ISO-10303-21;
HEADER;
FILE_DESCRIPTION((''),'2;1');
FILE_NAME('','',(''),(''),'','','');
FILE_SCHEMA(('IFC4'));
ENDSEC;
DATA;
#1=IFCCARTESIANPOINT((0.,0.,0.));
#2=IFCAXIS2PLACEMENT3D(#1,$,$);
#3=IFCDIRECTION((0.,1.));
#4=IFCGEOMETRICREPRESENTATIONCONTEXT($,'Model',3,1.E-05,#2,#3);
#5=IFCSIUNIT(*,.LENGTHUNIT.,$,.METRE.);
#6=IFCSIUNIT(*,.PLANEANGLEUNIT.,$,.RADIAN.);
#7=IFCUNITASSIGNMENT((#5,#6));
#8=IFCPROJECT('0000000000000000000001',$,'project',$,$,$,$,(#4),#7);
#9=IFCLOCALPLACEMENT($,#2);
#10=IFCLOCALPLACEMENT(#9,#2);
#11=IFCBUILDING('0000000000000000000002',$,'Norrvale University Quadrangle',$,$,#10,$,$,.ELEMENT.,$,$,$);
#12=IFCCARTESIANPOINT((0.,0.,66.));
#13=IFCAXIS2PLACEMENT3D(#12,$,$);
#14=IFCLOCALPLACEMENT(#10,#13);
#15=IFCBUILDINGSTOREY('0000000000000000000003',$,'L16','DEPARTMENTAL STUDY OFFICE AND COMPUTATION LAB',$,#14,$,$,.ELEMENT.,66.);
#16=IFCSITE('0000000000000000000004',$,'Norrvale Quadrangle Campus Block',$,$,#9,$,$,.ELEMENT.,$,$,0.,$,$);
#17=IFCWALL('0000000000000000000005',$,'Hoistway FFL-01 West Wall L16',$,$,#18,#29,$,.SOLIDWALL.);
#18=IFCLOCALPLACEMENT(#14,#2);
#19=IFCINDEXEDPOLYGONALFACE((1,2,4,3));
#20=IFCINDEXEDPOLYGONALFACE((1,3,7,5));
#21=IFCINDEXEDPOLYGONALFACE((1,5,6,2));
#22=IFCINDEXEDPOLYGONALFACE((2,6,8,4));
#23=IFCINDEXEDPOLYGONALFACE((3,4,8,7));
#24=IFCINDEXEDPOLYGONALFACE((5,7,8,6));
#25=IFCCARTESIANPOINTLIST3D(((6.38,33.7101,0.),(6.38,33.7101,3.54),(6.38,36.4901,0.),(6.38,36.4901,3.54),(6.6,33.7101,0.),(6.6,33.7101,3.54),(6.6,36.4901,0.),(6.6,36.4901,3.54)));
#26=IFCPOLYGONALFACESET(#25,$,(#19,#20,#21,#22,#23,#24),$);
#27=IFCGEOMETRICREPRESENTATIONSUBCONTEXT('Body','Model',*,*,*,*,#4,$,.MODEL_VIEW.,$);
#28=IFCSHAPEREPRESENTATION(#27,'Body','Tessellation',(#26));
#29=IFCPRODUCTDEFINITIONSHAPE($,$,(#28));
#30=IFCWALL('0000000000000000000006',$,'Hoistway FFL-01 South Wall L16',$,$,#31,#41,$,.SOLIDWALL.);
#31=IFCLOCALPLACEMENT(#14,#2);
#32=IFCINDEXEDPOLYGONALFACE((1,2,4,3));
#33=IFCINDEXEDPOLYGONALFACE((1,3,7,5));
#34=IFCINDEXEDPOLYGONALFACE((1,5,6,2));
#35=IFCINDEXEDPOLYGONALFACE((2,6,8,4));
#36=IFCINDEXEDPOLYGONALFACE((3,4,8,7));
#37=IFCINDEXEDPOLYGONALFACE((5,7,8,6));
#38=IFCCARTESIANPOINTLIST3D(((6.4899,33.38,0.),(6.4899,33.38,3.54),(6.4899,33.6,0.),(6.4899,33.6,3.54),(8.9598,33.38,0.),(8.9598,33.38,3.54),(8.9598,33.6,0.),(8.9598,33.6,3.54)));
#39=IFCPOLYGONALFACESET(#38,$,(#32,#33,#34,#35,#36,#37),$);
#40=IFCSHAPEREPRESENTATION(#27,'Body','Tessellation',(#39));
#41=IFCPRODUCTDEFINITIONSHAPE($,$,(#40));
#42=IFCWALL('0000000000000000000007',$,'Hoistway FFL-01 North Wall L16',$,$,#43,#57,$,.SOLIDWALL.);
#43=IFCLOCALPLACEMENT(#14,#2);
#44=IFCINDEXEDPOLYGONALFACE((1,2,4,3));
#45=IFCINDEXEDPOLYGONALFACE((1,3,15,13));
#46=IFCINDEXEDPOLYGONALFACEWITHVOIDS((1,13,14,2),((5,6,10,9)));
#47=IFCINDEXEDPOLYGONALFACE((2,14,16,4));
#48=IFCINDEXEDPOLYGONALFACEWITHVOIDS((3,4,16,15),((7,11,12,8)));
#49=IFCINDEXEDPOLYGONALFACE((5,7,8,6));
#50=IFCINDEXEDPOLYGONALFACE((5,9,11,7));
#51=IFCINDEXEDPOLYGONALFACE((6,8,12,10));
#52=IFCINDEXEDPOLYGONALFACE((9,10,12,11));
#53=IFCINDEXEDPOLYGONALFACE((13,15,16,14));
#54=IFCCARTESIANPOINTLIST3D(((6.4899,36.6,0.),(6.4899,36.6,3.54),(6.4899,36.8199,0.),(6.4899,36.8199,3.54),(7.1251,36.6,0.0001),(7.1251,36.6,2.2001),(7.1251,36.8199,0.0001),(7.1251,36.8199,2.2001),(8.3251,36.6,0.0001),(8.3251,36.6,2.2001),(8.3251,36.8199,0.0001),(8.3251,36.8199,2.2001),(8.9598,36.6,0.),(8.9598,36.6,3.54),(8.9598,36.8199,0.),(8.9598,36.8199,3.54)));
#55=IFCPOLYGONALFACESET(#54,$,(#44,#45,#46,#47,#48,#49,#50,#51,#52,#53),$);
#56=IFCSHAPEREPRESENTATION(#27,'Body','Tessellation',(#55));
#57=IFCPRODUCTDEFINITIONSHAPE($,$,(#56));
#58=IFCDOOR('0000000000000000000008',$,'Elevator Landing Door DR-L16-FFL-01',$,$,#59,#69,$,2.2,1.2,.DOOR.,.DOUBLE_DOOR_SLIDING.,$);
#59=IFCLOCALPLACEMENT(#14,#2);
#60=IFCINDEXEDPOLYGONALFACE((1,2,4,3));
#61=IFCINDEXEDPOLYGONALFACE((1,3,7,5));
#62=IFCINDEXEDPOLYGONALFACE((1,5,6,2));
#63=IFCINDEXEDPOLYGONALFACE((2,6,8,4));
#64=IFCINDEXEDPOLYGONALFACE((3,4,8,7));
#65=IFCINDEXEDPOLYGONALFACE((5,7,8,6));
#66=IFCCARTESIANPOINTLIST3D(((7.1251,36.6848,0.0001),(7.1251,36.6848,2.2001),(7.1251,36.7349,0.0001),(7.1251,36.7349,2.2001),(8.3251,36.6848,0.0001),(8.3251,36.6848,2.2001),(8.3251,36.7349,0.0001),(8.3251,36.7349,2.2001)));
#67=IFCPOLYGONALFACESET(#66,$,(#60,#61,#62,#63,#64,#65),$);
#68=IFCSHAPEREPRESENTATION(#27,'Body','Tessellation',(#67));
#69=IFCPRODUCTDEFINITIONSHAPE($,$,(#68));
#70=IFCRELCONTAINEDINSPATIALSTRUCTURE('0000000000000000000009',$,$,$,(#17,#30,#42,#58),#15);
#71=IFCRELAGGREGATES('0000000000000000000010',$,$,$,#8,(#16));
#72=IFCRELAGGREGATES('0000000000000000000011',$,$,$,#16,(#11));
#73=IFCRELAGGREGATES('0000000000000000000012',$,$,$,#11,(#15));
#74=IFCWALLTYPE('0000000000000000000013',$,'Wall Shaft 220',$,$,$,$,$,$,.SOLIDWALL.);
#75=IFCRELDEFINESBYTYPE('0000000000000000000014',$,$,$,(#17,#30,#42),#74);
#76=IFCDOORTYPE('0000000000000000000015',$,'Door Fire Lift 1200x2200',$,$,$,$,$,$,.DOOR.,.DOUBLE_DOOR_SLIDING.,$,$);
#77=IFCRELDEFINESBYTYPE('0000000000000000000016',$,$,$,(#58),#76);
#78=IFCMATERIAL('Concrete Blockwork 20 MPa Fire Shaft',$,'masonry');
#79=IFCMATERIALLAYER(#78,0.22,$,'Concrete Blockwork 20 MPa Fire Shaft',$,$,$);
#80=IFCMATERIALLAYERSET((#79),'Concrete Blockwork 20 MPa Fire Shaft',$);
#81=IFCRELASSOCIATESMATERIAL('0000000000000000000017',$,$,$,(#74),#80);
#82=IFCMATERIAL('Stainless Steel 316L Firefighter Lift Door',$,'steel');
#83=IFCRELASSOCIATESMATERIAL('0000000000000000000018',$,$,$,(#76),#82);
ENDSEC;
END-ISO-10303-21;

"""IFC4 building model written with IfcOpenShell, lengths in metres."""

from ifc_helpers import new_model, si_unit, direction, frame, frame_2d, origin, place, context, subcontext, project, spatial, rectangle, extrude, material, layer, layer_set, type_object, element, fill, save


model = new_model("IFC4")

# Units and contexts
model_context = context("Model", 3, precision=1e-05, world=origin(), true_north=direction((0.0, 1.0)))
body_context = subcontext(model_context, "Body", "Model", "MODEL_VIEW")
ifc_project = project(units=[si_unit("LENGTHUNIT", "METRE"), si_unit("PLANEANGLEUNIT", "RADIAN")], contexts=[model_context])

# Site, building, storey
site_placement = place(None, origin())
site = spatial("IfcSite", under=ifc_project, at=site_placement, Name="Norrvale Quadrangle Campus Block", CompositionType="ELEMENT", RefElevation=0.0)
building_placement = place(site_placement, origin())
building = spatial("IfcBuilding", under=site, at=building_placement, Name="Norrvale University Quadrangle", CompositionType="ELEMENT")
storey_placement = place(building_placement, frame((0.0, 0.0, 66.0)))
storey = spatial("IfcBuildingStorey", under=building, at=storey_placement, Name="L16", Description="DEPARTMENTAL STUDY OFFICE AND COMPUTATION LAB", CompositionType="ELEMENT", Elevation=66.0)

# Shared definitions
ifc_material_1 = material(Name="Concrete Blockwork 20 MPa Fire Shaft", Category="masonry")
ifc_layer_1 = layer(ifc_material_1, 0.22, Name="Concrete Blockwork 20 MPa Fire Shaft")
ifc_layer_set_1 = layer_set([ifc_layer_1], Name="Concrete Blockwork 20 MPa Fire Shaft")
wall_type_1 = type_object("IfcWallType", Name="Wall Shaft 220", PredefinedType="SOLIDWALL", material=ifc_layer_set_1)

# Walls
wall_1_placement = place(storey_placement, frame((6.49, 33.71, 0.0), z_axis=(0.0, 0.0, 1.0), x_axis=(0.0, 1.0, 0.0)))
element("IfcWall", 1, at=wall_1_placement, inside=storey, type_object=wall_type_1, Name="Hoistway FFL-01 West Wall L16", PredefinedType="SOLIDWALL", context=body_context, shape_type="SweptSolid", body=[
    extrude(rectangle(XDim=2.78, YDim=0.22, at=frame_2d((1.3901, 0.0))), origin(), (0.0, 0.0, 1.0), 3.54),
])
wall_2_placement = place(storey_placement, frame((6.49, 33.49, 0.0), z_axis=(0.0, 0.0, 1.0), x_axis=(1.0, 0.0, 0.0)))
element("IfcWall", 2, at=wall_2_placement, inside=storey, type_object=wall_type_1, Name="Hoistway FFL-01 South Wall L16", PredefinedType="SOLIDWALL", context=body_context, shape_type="SweptSolid", body=[
    extrude(rectangle(XDim=2.47, YDim=0.22, at=frame_2d((1.2349, 0.0))), origin(), (0.0, 0.0, 1.0), 3.54),
])

# Wall, opening, door
wall_3_placement = place(storey_placement, frame((6.49, 36.71, 0.0), z_axis=(0.0, 0.0, 1.0), x_axis=(1.0, 0.0, 0.0)))
wall_3 = element("IfcWall", 3, at=wall_3_placement, inside=storey, type_object=wall_type_1, Name="Hoistway FFL-01 North Wall L16", PredefinedType="SOLIDWALL", context=body_context, shape_type="SweptSolid", body=[
    extrude(rectangle(XDim=2.47, YDim=0.22, at=frame_2d((1.2349, 0.0))), origin(), (0.0, 0.0, 1.0), 3.54),
])
opening_1_placement = place(wall_3_placement, frame((0.635, 0.0, 0.0)))
opening_1 = element("IfcOpeningElement", 4, at=opening_1_placement, cuts=wall_3, PredefinedType="OPENING", context=body_context, shape_type="SweptSolid", body=[
    extrude(rectangle(XDim=1.2, YDim=2.2, at=frame_2d((0.6001, 1.1001))), frame((0.0, 0.1221, 0.0), z_axis=(0.0, -1.0, 0.0), x_axis=(1.0, 0.0, 0.0)), (0.0, 0.0, 1.0), 0.2439),
])
ifc_material_2 = material(Name="Stainless Steel 316L Firefighter Lift Door", Category="steel")
door_type_1 = type_object("IfcDoorType", Name="Door Fire Lift 1200x2200", OperationType="DOUBLE_DOOR_SLIDING", PredefinedType="DOOR", material=ifc_material_2)
door_1_placement = place(opening_1_placement, origin())
door_1 = element("IfcDoor", 5, at=door_1_placement, inside=storey, type_object=door_type_1, Name="Elevator Landing Door DR-L16-FFL-01", OperationType="DOUBLE_DOOR_SLIDING", OverallHeight=2.2, OverallWidth=1.2, PredefinedType="DOOR", context=body_context, shape_type="SweptSolid", body=[
    extrude(rectangle(XDim=1.2, YDim=2.2, at=frame_2d((0.6001, 1.1001))), frame((0.0, 0.0249, 0.0), z_axis=(0.0, -1.0, 0.0), x_axis=(1.0, 0.0, 0.0)), (0.0, 0.0, 1.0), 0.05),
])
fill(opening_1, door_1)

save(model, "model.ifc")
